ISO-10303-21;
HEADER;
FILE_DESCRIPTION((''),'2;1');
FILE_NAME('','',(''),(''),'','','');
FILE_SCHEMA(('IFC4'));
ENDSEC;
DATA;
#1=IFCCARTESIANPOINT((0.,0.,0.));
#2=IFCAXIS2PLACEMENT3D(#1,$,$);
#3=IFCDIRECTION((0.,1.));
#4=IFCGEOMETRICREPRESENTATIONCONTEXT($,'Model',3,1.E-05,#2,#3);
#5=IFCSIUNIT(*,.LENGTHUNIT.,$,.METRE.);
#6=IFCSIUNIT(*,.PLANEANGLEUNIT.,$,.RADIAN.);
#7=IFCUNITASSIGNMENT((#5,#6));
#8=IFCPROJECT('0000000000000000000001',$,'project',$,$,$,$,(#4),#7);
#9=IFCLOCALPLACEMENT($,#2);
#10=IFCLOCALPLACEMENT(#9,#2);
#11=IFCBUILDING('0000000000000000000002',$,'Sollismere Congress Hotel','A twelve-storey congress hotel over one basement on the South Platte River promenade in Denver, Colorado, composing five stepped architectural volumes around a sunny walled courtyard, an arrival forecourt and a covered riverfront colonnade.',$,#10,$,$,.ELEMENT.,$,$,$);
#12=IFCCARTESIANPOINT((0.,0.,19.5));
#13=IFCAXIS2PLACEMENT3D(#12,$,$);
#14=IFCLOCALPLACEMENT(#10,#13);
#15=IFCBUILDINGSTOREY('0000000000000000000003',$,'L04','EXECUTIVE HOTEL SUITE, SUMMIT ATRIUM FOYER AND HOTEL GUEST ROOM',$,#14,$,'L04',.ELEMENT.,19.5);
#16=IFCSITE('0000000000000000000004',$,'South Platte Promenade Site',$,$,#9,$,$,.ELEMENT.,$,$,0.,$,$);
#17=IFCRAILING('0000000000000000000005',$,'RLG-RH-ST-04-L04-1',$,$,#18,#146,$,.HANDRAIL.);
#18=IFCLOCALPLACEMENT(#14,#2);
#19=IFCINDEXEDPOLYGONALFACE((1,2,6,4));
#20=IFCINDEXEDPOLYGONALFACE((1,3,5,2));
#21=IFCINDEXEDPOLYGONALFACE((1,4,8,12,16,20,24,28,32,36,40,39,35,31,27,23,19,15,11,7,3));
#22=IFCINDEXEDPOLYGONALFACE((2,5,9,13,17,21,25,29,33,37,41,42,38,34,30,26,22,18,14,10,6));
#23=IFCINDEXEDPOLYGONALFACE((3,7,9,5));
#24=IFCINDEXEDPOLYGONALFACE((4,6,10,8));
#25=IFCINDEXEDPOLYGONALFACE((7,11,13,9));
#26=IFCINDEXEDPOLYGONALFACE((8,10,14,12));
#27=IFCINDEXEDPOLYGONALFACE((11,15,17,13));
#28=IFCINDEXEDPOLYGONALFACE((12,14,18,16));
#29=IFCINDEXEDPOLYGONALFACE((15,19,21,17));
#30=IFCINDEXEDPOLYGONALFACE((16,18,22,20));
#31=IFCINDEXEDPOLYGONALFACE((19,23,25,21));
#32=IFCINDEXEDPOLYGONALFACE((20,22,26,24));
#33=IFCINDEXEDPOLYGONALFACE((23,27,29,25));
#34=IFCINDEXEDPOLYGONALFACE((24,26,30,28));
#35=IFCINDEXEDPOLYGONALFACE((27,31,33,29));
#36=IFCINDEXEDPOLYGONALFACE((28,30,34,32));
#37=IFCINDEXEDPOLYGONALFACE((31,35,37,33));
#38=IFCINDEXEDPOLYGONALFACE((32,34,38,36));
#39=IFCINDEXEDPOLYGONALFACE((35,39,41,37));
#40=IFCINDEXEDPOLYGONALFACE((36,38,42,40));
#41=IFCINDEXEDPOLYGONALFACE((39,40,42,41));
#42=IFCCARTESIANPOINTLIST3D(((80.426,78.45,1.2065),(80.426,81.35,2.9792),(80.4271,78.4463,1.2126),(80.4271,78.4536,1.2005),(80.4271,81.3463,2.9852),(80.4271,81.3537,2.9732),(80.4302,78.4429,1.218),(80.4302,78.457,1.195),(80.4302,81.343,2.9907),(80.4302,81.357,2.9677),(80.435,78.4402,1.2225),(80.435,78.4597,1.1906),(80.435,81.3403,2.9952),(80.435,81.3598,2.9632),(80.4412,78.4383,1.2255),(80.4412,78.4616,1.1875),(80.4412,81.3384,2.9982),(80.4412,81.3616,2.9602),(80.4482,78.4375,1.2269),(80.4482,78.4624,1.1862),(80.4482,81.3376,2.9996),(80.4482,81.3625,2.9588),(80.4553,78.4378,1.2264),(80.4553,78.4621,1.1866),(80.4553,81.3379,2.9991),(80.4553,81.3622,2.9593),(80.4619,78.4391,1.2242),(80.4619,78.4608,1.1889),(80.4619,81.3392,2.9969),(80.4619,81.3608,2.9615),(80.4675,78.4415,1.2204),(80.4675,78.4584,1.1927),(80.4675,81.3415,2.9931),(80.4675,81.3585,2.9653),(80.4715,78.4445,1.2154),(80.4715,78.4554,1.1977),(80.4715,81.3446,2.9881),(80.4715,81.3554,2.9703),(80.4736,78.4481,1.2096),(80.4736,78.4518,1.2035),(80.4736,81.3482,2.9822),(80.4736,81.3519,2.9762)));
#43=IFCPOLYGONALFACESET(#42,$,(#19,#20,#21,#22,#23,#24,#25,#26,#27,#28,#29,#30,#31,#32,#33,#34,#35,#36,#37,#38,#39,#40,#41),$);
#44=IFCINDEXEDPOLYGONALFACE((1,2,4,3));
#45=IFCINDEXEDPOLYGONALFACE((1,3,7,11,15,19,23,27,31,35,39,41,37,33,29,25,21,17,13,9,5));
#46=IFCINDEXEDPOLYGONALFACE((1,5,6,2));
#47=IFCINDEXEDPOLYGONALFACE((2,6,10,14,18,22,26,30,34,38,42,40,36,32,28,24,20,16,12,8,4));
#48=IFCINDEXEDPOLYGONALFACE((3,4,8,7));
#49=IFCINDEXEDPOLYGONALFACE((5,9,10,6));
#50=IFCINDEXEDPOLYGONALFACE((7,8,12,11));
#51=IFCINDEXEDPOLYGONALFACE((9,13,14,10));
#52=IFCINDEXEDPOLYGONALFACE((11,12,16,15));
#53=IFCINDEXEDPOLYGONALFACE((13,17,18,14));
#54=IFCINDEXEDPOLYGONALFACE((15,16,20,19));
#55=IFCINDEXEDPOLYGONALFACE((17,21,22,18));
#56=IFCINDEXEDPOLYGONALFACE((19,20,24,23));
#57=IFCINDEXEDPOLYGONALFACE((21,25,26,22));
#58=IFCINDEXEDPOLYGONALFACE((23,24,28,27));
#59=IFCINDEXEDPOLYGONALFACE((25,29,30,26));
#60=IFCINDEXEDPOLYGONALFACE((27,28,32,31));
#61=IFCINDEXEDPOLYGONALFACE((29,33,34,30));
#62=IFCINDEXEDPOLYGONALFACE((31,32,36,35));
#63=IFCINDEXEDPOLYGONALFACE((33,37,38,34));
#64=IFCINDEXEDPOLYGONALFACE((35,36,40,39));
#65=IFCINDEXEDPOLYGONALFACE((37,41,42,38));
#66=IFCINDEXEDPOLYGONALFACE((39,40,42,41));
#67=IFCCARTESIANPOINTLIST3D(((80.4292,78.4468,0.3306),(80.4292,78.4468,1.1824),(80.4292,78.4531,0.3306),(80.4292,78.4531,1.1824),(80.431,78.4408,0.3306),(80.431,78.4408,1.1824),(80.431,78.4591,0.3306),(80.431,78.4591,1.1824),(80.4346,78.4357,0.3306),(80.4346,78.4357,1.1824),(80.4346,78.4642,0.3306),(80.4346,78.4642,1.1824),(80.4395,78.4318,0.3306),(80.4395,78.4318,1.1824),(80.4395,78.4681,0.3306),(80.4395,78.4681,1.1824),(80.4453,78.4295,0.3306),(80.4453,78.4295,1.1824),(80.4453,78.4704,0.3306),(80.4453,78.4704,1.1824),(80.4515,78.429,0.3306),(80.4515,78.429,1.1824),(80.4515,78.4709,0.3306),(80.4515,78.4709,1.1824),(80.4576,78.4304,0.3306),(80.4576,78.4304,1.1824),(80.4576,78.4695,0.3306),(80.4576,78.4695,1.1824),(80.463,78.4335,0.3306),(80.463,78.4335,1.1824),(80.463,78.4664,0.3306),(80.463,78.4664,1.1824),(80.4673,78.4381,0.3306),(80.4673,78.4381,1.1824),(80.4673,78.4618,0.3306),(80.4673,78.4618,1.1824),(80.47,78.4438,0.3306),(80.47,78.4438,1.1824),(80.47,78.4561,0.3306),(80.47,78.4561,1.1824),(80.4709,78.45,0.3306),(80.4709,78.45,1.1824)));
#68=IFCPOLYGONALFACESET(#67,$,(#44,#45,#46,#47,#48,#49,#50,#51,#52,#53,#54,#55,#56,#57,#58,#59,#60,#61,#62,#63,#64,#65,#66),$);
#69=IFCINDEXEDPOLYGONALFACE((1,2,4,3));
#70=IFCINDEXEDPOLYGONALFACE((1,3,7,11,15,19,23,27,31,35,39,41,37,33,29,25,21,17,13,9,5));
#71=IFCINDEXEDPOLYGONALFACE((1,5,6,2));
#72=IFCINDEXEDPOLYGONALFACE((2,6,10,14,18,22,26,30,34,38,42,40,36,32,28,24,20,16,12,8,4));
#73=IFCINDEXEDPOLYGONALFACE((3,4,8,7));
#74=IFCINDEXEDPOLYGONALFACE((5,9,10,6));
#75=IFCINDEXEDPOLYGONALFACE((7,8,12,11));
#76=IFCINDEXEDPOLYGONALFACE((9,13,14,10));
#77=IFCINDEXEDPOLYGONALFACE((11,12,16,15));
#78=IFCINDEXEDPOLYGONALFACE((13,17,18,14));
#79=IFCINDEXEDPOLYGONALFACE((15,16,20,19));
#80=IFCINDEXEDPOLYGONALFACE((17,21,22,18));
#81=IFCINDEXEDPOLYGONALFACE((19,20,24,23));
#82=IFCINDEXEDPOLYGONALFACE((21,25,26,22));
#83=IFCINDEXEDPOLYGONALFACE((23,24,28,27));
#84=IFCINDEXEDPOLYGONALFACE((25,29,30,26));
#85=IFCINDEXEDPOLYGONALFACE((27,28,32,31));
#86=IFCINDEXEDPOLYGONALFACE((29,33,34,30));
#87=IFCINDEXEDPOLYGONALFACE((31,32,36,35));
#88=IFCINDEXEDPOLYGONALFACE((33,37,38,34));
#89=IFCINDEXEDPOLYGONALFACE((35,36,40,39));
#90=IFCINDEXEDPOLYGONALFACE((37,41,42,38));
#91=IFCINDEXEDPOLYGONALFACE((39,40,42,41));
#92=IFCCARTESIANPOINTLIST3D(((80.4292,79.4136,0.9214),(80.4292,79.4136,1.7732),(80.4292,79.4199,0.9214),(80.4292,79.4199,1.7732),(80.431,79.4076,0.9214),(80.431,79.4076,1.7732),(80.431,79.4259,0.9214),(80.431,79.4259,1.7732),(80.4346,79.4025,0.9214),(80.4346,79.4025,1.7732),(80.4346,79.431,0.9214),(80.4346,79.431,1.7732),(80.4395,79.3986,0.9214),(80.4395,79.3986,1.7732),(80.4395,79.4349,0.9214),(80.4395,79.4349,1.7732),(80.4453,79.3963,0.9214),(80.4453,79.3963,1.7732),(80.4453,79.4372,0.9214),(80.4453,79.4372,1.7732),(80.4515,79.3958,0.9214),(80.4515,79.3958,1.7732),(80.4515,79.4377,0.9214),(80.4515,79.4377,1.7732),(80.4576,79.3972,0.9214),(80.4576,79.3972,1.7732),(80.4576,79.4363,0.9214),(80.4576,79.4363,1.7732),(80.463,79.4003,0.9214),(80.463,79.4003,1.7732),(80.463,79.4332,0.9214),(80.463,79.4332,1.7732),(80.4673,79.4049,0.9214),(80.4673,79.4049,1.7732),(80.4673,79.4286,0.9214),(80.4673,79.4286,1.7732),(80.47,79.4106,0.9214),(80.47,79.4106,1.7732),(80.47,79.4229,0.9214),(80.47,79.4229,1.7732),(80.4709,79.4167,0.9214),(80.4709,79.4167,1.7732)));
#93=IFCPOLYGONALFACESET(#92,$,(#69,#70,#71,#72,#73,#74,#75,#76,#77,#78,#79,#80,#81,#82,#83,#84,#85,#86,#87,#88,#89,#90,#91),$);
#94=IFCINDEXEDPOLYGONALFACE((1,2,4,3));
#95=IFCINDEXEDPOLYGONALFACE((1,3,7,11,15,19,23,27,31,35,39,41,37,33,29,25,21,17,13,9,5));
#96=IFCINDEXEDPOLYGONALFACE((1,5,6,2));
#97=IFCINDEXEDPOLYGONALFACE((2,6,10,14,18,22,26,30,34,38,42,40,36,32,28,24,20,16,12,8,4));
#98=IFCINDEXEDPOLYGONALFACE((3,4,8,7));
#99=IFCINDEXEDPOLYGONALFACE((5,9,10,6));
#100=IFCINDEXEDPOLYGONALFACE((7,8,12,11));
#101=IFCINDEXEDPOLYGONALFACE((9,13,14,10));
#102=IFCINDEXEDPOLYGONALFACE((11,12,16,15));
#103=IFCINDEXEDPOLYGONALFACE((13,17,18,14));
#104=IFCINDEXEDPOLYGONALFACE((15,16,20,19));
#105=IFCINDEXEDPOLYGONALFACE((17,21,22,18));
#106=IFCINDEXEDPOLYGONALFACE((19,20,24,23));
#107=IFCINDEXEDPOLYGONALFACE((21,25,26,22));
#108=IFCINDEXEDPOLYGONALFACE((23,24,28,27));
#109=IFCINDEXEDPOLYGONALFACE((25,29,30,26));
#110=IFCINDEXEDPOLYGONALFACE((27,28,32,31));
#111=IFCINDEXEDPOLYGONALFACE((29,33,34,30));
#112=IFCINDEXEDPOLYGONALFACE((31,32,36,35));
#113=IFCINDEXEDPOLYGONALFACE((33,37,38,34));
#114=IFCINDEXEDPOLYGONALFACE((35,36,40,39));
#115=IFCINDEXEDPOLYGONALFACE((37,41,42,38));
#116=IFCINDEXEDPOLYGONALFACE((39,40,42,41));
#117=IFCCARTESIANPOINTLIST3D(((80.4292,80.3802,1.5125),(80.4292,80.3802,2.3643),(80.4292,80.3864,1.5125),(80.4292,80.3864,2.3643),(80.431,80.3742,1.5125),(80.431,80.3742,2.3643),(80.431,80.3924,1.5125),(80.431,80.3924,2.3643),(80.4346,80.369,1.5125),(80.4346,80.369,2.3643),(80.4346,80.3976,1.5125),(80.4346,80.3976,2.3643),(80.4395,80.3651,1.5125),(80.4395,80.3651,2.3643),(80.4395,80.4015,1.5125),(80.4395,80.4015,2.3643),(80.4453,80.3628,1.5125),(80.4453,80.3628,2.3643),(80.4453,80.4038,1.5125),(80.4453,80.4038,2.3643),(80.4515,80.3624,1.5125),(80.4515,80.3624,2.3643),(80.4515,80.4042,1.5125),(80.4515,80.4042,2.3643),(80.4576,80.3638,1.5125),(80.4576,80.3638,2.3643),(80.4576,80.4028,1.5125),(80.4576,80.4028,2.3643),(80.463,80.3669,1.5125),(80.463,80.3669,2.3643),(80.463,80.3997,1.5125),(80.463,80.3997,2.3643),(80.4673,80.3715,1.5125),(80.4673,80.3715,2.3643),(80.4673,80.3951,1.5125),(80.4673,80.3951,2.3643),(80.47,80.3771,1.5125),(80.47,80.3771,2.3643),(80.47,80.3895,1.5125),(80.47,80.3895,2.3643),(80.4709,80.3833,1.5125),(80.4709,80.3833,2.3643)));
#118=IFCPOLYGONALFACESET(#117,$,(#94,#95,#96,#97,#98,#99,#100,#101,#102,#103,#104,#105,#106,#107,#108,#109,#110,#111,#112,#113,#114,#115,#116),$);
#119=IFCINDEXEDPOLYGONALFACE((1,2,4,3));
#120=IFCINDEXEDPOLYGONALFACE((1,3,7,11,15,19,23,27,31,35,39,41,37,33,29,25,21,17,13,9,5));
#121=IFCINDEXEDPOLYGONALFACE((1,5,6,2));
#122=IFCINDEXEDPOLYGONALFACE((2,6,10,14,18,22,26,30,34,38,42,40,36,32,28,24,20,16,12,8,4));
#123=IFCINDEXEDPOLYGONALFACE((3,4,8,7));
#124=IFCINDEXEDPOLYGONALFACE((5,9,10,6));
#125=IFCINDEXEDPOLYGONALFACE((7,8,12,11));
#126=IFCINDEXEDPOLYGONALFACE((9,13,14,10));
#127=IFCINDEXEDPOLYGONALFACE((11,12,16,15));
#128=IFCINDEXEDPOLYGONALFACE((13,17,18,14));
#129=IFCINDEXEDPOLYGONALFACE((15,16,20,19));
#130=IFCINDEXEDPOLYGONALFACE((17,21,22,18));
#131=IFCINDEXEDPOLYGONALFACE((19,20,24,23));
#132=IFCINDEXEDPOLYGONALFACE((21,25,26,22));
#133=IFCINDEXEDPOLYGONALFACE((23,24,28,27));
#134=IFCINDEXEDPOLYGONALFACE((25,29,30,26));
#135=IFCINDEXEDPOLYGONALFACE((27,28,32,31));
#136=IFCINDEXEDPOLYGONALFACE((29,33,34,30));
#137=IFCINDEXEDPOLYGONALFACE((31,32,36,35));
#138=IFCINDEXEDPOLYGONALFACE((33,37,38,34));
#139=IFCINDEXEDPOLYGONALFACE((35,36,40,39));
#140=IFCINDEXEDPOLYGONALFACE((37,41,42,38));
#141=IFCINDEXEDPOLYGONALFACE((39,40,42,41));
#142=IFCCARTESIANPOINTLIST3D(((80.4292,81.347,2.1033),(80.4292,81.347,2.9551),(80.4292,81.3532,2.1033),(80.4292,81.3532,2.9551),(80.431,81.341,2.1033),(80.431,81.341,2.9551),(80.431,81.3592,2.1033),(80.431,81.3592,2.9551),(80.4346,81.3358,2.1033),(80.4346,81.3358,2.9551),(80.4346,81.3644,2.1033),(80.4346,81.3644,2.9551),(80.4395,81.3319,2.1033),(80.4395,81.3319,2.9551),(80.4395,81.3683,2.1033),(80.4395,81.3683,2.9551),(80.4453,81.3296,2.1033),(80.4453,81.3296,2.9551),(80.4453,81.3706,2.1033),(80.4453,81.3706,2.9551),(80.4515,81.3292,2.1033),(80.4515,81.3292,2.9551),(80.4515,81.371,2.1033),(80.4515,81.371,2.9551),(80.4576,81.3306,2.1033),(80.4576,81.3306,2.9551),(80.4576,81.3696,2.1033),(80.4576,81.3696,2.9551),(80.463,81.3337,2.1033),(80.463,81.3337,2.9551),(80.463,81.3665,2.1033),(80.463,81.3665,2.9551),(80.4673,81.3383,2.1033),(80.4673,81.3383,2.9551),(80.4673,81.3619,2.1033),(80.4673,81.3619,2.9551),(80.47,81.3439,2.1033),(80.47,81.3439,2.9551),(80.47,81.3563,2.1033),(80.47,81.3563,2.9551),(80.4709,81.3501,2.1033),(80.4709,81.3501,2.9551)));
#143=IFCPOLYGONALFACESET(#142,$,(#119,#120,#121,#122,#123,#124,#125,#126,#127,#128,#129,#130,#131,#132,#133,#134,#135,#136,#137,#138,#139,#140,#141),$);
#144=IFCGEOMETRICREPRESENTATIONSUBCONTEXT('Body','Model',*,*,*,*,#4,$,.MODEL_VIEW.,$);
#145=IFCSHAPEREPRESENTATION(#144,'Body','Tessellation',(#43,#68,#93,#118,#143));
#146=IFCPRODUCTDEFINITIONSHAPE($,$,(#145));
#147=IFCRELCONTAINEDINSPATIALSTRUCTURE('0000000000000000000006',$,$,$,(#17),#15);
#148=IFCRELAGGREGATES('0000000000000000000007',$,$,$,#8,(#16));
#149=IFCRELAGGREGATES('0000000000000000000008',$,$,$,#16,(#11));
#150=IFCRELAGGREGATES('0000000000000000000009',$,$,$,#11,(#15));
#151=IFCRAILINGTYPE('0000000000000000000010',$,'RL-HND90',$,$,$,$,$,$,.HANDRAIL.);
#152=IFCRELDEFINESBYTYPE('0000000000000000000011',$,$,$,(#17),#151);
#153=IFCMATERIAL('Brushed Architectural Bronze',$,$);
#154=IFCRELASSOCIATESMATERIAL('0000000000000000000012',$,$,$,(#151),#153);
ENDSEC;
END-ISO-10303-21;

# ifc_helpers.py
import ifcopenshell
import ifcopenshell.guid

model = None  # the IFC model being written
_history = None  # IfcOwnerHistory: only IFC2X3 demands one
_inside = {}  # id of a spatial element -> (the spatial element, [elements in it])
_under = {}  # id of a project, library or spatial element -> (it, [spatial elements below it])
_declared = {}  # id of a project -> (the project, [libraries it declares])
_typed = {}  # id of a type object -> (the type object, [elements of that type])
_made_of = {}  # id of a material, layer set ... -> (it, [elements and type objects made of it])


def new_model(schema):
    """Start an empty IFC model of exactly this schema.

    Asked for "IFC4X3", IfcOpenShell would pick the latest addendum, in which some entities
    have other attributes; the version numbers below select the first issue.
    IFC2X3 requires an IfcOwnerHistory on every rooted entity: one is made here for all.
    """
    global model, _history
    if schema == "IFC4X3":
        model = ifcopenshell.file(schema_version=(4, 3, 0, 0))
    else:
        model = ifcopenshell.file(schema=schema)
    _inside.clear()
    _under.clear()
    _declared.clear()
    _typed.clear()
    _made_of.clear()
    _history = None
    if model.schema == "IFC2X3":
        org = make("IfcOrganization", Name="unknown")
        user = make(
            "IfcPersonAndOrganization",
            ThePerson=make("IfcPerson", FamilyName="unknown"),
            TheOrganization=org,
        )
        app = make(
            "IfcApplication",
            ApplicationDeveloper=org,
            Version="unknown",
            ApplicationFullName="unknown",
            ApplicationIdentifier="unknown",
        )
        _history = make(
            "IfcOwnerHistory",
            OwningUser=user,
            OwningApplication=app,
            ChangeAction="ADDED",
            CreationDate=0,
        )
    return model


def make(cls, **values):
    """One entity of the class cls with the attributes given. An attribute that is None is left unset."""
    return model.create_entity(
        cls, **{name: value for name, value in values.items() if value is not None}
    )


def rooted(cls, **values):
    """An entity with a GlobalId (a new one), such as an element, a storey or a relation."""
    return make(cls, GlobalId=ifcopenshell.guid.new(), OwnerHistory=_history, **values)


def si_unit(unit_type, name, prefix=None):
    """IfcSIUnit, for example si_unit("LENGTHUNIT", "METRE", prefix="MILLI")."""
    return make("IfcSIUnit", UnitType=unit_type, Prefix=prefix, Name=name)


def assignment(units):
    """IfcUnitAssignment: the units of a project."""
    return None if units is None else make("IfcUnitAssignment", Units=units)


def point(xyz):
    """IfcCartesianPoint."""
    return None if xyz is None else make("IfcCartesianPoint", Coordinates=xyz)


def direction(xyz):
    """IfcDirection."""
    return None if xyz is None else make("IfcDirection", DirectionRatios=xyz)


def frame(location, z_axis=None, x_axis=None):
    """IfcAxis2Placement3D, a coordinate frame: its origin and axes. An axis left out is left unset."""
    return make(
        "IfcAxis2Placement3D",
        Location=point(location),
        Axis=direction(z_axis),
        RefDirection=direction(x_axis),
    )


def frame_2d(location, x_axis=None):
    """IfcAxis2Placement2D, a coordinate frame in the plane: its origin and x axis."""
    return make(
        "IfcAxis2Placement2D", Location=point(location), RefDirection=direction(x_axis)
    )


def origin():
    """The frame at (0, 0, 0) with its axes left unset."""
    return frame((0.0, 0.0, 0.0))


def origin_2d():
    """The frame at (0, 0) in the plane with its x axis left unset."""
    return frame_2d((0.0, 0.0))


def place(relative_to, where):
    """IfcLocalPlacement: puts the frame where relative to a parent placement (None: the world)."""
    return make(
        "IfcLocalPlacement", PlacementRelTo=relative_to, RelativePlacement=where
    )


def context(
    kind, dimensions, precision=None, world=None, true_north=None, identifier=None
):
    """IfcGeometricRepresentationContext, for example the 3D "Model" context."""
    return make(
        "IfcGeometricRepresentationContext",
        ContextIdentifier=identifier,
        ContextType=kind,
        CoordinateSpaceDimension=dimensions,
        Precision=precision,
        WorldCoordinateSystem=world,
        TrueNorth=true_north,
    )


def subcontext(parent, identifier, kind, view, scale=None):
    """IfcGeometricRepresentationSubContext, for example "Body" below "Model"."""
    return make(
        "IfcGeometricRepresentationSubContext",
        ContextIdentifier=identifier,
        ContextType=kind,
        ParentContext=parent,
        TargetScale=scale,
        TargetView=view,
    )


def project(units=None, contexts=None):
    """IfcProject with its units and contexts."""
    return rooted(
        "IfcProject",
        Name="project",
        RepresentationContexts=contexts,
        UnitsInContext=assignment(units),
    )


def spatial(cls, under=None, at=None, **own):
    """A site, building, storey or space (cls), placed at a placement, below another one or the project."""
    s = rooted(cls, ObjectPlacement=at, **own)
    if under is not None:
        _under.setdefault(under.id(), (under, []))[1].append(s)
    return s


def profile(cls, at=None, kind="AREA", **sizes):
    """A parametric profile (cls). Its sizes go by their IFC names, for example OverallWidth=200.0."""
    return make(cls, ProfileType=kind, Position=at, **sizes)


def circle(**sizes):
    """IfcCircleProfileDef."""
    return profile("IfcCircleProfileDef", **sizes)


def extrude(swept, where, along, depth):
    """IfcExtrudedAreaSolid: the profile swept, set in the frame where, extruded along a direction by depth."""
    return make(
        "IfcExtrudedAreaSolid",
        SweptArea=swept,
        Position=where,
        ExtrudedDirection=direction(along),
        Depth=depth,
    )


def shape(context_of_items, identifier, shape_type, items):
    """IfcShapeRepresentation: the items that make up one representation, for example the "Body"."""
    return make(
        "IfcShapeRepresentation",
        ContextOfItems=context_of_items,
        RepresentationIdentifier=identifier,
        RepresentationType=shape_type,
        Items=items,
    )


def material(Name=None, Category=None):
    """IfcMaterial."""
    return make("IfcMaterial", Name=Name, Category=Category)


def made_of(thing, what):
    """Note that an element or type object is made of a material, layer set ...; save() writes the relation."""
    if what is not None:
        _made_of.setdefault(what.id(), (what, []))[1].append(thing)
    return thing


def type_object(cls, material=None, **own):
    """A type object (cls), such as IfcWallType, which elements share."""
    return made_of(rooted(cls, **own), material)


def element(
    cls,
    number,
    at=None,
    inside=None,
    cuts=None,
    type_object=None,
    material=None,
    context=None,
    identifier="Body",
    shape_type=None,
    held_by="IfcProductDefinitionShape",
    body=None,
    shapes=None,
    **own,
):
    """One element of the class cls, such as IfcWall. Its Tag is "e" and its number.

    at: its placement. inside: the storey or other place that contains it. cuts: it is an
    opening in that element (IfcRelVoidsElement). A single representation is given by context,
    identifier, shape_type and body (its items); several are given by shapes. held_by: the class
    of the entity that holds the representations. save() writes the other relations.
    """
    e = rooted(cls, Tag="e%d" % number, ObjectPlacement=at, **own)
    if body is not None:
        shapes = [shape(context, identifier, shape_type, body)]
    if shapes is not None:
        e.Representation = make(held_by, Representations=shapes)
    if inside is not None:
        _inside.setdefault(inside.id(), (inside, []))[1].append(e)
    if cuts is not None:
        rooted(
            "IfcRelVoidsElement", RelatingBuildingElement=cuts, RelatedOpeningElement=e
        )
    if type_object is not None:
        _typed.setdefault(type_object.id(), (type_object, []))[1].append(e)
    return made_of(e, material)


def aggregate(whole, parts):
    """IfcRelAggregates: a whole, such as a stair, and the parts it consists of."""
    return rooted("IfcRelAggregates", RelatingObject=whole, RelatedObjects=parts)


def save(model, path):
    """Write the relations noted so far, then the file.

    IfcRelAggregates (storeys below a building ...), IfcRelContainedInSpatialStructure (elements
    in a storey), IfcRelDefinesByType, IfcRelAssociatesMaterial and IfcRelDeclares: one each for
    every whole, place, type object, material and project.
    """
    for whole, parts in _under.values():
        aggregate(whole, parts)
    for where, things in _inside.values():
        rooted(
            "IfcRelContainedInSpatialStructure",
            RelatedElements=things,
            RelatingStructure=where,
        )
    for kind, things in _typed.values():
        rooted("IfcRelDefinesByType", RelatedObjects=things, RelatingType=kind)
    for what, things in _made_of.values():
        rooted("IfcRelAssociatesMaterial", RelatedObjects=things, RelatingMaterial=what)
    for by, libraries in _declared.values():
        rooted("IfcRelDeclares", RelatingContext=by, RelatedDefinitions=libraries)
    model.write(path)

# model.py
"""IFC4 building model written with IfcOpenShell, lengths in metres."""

from ifc_helpers import new_model, si_unit, direction, frame, origin, origin_2d, place, context, subcontext, project, spatial, circle, extrude, material, type_object, element, save


model = new_model("IFC4")

# Units and contexts
model_context = context("Model", 3, precision=1e-05, world=origin(), true_north=direction((0.0, 1.0)))
body_context = subcontext(model_context, "Body", "Model", "MODEL_VIEW")
ifc_project = project(units=[si_unit("LENGTHUNIT", "METRE"), si_unit("PLANEANGLEUNIT", "RADIAN")], contexts=[model_context])

# Site, building, storey
site_placement = place(None, origin())
site = spatial("IfcSite", under=ifc_project, at=site_placement, Name="South Platte Promenade Site", CompositionType="ELEMENT", RefElevation=0.0)
building_placement = place(site_placement, origin())
building = spatial("IfcBuilding", under=site, at=building_placement, Name="Sollismere Congress Hotel", Description="A twelve-storey congress hotel over one basement on the South Platte River promenade in Denver, Colorado, composing five stepped architectural volumes around a sunny walled courtyard, an arrival forecourt and a covered riverfront colonnade.", CompositionType="ELEMENT")
storey_placement = place(building_placement, frame((0.0, 0.0, 19.5)))
storey = spatial("IfcBuildingStorey", under=building, at=storey_placement, Name="L04", Description="EXECUTIVE HOTEL SUITE, SUMMIT ATRIUM FOYER AND HOTEL GUEST ROOM", LongName="L04", CompositionType="ELEMENT", Elevation=19.5)

# Railing
ifc_material_1 = material(Name="Brushed Architectural Bronze")
railing_type_1 = type_object("IfcRailingType", Name="RL-HND90", PredefinedType="HANDRAIL", material=ifc_material_1)
railing_1_placement = place(storey_placement, frame((80.45, 78.45, 0.3306)))
element("IfcRailing", 1, at=railing_1_placement, inside=storey, type_object=railing_type_1, Name="RLG-RH-ST-04-L04-1", PredefinedType="HANDRAIL", context=body_context, shape_type="SweptSolid", body=[
    extrude(circle(Radius=0.0239, at=origin_2d()), frame((0.0, 0.0, 0.876), z_axis=(0.0, 0.85323, 0.521534), x_axis=(-1.0, 0.0, 0.0)), (0.0, 0.0, 1.0), 3.3989),
    extrude(circle(Radius=0.021, at=origin_2d()), origin(), (0.0, 0.0, 1.0), 0.8518),
    extrude(circle(Radius=0.021, at=origin_2d()), frame((0.0, 0.9668, 0.5908)), (0.0, 0.0, 1.0), 0.8518),
    extrude(circle(Radius=0.021, at=origin_2d()), frame((0.0, 1.9333, 1.1819)), (0.0, 0.0, 1.0), 0.8518),
    extrude(circle(Radius=0.021, at=origin_2d()), frame((0.0, 2.9001, 1.7727)), (0.0, 0.0, 1.0), 0.8518),
])

save(model, "model.ifc")
